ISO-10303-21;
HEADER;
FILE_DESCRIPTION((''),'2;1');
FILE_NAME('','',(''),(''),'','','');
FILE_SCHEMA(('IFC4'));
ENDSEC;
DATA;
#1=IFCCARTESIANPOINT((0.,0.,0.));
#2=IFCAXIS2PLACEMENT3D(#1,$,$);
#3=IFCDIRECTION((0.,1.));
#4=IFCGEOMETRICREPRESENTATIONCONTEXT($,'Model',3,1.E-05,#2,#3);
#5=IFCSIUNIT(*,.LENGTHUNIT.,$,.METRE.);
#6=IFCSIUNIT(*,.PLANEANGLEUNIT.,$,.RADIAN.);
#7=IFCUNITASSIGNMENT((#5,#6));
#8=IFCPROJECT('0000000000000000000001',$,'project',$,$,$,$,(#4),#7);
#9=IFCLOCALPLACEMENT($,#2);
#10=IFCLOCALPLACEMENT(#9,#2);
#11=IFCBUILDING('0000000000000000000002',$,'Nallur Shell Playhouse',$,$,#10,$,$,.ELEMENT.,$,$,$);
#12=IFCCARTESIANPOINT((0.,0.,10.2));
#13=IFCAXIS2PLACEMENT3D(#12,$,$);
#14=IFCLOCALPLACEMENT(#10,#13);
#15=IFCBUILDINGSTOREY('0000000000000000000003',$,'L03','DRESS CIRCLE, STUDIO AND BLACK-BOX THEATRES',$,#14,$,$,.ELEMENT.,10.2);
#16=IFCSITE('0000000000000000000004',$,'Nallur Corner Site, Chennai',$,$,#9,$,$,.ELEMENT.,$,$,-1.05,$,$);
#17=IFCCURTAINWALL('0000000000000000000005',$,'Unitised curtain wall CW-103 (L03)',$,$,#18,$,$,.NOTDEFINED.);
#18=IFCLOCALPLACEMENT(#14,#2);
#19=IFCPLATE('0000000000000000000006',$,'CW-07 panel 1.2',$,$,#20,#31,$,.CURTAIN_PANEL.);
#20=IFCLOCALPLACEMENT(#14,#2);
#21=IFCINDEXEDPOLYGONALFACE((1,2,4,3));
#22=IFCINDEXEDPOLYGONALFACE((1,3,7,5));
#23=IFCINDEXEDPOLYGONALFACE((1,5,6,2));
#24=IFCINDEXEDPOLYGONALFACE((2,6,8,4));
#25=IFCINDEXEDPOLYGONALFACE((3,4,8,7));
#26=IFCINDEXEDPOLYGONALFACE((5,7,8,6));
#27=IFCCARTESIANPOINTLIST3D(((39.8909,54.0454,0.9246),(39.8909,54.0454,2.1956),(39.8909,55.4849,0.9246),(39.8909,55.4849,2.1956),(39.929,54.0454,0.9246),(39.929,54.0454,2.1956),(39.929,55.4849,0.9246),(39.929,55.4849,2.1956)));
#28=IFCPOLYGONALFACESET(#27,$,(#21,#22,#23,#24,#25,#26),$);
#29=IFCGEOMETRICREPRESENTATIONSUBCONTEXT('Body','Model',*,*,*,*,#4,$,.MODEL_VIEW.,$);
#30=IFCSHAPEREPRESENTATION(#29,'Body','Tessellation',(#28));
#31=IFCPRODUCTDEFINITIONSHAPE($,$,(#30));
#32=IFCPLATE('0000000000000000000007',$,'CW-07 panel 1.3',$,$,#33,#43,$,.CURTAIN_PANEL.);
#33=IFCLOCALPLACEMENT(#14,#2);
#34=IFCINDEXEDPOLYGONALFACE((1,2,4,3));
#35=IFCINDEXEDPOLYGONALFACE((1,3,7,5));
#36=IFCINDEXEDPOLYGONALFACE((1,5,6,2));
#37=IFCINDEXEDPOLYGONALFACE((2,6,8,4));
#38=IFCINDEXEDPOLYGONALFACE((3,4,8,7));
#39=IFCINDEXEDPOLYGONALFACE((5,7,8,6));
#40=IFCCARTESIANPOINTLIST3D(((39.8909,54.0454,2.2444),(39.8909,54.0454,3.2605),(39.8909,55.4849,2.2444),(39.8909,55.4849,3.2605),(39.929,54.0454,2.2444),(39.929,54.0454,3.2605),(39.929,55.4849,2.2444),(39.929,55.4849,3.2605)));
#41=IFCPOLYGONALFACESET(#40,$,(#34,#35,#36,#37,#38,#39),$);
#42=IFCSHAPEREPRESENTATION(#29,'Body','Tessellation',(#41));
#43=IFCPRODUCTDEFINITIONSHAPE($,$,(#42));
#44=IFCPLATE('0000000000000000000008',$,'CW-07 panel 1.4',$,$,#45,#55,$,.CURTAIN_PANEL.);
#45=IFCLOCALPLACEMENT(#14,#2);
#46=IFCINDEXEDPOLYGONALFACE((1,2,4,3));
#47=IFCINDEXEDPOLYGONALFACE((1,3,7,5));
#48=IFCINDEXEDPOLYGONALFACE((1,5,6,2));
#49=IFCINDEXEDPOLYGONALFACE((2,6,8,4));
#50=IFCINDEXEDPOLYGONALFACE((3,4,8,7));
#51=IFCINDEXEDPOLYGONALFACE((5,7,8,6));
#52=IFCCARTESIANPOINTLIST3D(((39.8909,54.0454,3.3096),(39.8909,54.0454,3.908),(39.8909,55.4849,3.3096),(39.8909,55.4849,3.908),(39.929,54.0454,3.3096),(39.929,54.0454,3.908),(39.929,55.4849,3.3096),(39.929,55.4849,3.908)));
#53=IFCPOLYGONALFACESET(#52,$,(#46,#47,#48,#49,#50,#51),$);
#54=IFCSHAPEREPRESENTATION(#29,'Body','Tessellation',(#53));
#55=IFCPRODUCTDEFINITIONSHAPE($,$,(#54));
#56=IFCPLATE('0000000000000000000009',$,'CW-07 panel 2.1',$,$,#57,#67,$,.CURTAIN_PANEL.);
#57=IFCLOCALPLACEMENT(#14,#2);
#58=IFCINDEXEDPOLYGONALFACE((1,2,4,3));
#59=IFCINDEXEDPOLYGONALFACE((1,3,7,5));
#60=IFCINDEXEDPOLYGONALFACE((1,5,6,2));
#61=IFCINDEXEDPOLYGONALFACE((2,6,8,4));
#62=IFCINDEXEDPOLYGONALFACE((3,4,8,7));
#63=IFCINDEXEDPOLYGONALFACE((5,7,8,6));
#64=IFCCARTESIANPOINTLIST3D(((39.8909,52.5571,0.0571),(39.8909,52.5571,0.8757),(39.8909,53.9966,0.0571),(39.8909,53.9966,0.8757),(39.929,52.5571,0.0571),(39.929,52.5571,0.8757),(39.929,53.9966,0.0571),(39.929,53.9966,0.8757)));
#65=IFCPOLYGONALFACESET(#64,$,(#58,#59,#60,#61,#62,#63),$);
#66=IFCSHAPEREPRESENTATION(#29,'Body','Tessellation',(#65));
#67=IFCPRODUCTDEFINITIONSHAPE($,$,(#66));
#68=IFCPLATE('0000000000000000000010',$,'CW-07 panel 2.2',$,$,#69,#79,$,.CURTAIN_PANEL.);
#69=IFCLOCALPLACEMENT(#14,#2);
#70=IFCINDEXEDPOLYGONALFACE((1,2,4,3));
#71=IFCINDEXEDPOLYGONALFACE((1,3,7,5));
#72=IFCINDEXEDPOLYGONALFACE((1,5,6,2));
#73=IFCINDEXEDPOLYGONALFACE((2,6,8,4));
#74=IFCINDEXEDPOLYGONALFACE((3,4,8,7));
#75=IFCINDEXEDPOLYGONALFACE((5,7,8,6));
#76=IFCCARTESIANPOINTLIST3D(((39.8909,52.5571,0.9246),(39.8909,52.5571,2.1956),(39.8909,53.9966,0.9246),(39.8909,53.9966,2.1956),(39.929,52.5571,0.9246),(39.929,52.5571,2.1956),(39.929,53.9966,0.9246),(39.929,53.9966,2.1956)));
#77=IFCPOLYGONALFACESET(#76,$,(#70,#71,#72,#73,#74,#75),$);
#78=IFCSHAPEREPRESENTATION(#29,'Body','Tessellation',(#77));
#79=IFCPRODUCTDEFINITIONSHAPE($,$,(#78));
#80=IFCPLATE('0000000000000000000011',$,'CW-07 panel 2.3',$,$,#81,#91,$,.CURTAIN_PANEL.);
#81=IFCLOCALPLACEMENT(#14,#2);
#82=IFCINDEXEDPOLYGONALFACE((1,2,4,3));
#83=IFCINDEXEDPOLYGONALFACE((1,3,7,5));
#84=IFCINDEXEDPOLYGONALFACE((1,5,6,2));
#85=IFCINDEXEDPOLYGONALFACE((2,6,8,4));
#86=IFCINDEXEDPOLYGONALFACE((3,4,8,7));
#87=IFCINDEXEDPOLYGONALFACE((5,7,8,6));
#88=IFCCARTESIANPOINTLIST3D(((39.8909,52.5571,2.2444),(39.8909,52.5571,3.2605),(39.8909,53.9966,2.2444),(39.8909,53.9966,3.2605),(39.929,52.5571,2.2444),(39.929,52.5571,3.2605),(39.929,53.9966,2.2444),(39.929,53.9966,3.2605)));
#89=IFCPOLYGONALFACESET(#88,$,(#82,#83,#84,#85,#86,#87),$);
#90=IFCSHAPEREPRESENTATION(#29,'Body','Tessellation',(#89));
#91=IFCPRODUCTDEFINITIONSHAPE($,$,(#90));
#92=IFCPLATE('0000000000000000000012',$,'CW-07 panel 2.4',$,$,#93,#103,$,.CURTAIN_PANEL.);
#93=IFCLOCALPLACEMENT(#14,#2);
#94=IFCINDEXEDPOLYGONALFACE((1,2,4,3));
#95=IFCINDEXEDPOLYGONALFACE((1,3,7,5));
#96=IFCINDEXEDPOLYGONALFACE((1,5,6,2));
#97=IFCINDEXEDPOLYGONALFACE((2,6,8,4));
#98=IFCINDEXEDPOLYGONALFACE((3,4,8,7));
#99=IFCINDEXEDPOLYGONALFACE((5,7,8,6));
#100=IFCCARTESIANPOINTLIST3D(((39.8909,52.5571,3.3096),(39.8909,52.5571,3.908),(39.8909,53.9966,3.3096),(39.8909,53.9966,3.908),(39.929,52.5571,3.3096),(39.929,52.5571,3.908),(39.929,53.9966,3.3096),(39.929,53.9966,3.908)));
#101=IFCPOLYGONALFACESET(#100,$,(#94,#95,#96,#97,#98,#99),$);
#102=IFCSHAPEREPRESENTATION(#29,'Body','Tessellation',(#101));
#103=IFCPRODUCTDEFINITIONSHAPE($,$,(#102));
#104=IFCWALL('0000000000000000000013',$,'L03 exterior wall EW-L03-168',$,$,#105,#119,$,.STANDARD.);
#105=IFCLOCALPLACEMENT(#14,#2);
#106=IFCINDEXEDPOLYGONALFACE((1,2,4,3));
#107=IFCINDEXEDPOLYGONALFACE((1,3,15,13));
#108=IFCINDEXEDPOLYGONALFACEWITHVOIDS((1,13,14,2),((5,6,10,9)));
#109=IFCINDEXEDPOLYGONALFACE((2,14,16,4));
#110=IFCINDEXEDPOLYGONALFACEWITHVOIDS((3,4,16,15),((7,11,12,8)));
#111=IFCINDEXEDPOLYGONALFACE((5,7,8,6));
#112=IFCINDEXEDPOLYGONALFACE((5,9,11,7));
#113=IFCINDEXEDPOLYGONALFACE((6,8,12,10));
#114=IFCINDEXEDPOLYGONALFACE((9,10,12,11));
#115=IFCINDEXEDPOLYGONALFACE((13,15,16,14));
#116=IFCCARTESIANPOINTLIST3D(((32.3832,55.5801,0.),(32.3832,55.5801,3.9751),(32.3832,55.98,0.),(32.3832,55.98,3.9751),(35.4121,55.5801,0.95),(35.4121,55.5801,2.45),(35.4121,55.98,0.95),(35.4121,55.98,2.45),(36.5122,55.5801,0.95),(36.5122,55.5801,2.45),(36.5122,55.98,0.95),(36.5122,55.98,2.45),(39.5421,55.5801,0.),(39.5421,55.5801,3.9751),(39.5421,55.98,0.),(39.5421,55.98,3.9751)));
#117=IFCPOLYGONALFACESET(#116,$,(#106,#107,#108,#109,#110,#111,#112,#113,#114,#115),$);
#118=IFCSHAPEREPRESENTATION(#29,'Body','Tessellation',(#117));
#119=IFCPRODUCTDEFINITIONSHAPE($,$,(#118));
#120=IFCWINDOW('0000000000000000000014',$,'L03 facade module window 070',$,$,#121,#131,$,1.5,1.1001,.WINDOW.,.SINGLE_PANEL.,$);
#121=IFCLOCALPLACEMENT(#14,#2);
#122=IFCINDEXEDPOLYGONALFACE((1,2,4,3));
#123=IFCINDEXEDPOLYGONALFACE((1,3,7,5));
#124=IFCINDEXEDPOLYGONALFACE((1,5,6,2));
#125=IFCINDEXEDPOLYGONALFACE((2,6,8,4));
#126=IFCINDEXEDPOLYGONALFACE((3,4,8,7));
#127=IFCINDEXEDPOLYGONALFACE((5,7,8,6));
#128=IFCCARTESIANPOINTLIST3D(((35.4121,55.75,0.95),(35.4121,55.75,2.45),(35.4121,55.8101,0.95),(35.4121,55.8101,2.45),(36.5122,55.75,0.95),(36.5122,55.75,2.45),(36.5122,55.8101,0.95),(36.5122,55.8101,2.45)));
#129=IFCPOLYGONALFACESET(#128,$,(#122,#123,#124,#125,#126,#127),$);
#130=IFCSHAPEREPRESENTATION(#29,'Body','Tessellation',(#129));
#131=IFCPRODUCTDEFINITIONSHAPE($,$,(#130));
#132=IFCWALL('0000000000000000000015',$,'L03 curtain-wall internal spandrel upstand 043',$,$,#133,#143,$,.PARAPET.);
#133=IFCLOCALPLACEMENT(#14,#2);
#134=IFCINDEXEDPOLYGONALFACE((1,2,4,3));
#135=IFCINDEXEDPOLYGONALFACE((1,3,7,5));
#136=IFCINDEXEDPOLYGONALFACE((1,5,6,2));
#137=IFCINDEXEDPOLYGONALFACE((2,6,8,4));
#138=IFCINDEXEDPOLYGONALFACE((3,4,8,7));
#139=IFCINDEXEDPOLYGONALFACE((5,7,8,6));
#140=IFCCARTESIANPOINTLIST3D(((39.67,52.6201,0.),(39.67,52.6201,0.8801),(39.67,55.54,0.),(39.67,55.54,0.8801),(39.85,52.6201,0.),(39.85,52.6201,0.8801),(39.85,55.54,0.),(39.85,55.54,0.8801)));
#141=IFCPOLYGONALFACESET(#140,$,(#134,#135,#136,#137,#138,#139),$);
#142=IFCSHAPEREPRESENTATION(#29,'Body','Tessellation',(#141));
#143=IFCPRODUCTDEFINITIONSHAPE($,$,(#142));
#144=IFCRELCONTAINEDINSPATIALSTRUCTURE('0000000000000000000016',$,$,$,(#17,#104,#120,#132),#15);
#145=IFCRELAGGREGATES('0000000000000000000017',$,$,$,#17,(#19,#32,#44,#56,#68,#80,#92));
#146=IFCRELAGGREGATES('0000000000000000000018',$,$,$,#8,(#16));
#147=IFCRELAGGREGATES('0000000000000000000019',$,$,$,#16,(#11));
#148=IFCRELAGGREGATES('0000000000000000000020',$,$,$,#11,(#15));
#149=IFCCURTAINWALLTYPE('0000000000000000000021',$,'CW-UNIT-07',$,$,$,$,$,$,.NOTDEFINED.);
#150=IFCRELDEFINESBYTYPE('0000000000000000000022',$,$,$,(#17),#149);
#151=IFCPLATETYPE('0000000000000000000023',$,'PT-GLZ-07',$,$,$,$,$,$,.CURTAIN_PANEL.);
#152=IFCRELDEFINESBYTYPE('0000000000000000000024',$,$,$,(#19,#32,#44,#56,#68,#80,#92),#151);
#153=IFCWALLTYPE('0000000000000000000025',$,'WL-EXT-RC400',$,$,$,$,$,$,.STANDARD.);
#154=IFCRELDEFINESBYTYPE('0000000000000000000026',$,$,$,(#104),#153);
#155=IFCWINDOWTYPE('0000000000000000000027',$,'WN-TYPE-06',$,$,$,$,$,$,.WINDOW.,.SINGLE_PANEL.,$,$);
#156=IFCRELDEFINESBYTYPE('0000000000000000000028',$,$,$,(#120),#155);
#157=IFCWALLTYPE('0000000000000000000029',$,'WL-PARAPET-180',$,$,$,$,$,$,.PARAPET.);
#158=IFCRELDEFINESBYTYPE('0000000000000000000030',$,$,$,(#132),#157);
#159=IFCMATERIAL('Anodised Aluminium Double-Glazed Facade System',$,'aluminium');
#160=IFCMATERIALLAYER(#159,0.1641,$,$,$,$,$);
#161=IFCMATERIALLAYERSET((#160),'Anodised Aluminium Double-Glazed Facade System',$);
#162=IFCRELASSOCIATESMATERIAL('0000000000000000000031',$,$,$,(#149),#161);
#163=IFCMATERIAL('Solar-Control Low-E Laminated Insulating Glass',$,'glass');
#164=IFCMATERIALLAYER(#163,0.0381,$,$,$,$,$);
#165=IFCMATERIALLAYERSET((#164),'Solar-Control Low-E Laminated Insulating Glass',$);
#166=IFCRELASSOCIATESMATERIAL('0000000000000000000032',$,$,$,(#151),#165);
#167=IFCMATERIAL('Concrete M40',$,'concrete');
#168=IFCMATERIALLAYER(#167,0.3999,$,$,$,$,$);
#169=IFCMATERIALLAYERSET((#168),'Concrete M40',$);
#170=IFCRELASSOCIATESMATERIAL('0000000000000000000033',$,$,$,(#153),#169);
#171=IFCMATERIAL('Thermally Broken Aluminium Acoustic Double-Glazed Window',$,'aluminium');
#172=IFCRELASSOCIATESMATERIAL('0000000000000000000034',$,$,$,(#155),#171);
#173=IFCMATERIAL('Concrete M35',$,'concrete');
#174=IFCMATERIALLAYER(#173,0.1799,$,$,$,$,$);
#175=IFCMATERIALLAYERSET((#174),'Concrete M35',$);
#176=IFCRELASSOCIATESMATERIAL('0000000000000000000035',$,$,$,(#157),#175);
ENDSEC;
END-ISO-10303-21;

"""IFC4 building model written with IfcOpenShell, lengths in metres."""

from ifc_helpers import new_model, si_unit, direction, frame, frame_2d, origin, origin_2d, place, context, subcontext, project, spatial, rectangle, extrude, material, layer, layer_set, type_object, element, fill, aggregate, save


model = new_model("IFC4")

# Units and contexts
model_context = context("Model", 3, precision=1e-05, world=origin(), true_north=direction((0.0, 1.0)))
body_context = subcontext(model_context, "Body", "Model", "MODEL_VIEW")
ifc_project = project(units=[si_unit("LENGTHUNIT", "METRE"), si_unit("PLANEANGLEUNIT", "RADIAN")], contexts=[model_context])

# Site, building, storey
site_placement = place(None, origin())
site = spatial("IfcSite", under=ifc_project, at=site_placement, Name="Nallur Corner Site, Chennai", CompositionType="ELEMENT", RefElevation=-1.05)
building_placement = place(site_placement, origin())
building = spatial("IfcBuilding", under=site, at=building_placement, Name="Nallur Shell Playhouse", CompositionType="ELEMENT")
storey_placement = place(building_placement, frame((0.0, 0.0, 10.2)))
storey = spatial("IfcBuildingStorey", under=building, at=storey_placement, Name="L03", Description="DRESS CIRCLE, STUDIO AND BLACK-BOX THEATRES", CompositionType="ELEMENT", Elevation=10.2)

# Shared definitions
ifc_material_1 = material(Name="Concrete M40", Category="concrete")

# Curtain wall, plates
ifc_material_2 = material(Name="Anodised Aluminium Double-Glazed Facade System", Category="aluminium")
ifc_layer_1 = layer(ifc_material_2, 0.1641)
ifc_layer_set_1 = layer_set([ifc_layer_1], Name="Anodised Aluminium Double-Glazed Facade System")
curtain_wall_type = type_object("IfcCurtainWallType", Name="CW-UNIT-07", PredefinedType="NOTDEFINED", material=ifc_layer_set_1)
curtain_wall_placement = place(storey_placement, origin())
curtain_wall = element("IfcCurtainWall", 1, at=curtain_wall_placement, inside=storey, type_object=curtain_wall_type, Name="Unitised curtain wall CW-103 (L03)", PredefinedType="NOTDEFINED")
ifc_material_3 = material(Name="Solar-Control Low-E Laminated Insulating Glass", Category="glass")
ifc_layer_2 = layer(ifc_material_3, 0.0381)
ifc_layer_set_2 = layer_set([ifc_layer_2], Name="Solar-Control Low-E Laminated Insulating Glass")
plate_type = type_object("IfcPlateType", Name="PT-GLZ-07", PredefinedType="CURTAIN_PANEL", material=ifc_layer_set_2)
plate_1_placement = place(storey_placement, frame((39.9099, 54.7651, 0.9246), z_axis=(0.0, 0.0, 1.0), x_axis=(0.0, -1.0, 0.0)))
plate_1 = element("IfcPlate", 2, at=plate_1_placement, type_object=plate_type, Name="CW-07 panel 1.2", PredefinedType="CURTAIN_PANEL", context=body_context, shape_type="SweptSolid", body=[
    extrude(rectangle(XDim=1.4395, YDim=0.0381, at=origin_2d()), origin(), (0.0, 0.0, 1.0), 1.271),
])
plate_2_placement = place(storey_placement, frame((39.9099, 54.7651, 2.2444), z_axis=(0.0, 0.0, 1.0), x_axis=(0.0, -1.0, 0.0)))
plate_2 = element("IfcPlate", 3, at=plate_2_placement, type_object=plate_type, Name="CW-07 panel 1.3", PredefinedType="CURTAIN_PANEL", context=body_context, shape_type="SweptSolid", body=[
    extrude(rectangle(XDim=1.4395, YDim=0.0381, at=origin_2d()), origin(), (0.0, 0.0, 1.0), 1.0161),
])
plate_3_placement = place(storey_placement, frame((39.9099, 54.7651, 3.3096), z_axis=(0.0, 0.0, 1.0), x_axis=(0.0, -1.0, 0.0)))
plate_3 = element("IfcPlate", 4, at=plate_3_placement, type_object=plate_type, Name="CW-07 panel 1.4", PredefinedType="CURTAIN_PANEL", context=body_context, shape_type="SweptSolid", body=[
    extrude(rectangle(XDim=1.4395, YDim=0.0381, at=origin_2d()), origin(), (0.0, 0.0, 1.0), 0.5984),
])
plate_4_placement = place(storey_placement, frame((39.9099, 53.2769, 0.0571), z_axis=(0.0, 0.0, 1.0), x_axis=(0.0, -1.0, 0.0)))
plate_4 = element("IfcPlate", 5, at=plate_4_placement, type_object=plate_type, Name="CW-07 panel 2.1", PredefinedType="CURTAIN_PANEL", context=body_context, shape_type="SweptSolid", body=[
    extrude(rectangle(XDim=1.4395, YDim=0.0381, at=origin_2d()), origin(), (0.0, 0.0, 1.0), 0.8186),
])
plate_5_placement = place(storey_placement, frame((39.9099, 53.2769, 0.9246), z_axis=(0.0, 0.0, 1.0), x_axis=(0.0, -1.0, 0.0)))
plate_5 = element("IfcPlate", 6, at=plate_5_placement, type_object=plate_type, Name="CW-07 panel 2.2", PredefinedType="CURTAIN_PANEL", context=body_context, shape_type="SweptSolid", body=[
    extrude(rectangle(XDim=1.4395, YDim=0.0381, at=origin_2d()), origin(), (0.0, 0.0, 1.0), 1.271),
])
plate_6_placement = place(storey_placement, frame((39.9099, 53.2769, 2.2444), z_axis=(0.0, 0.0, 1.0), x_axis=(0.0, -1.0, 0.0)))
plate_6 = element("IfcPlate", 7, at=plate_6_placement, type_object=plate_type, Name="CW-07 panel 2.3", PredefinedType="CURTAIN_PANEL", context=body_context, shape_type="SweptSolid", body=[
    extrude(rectangle(XDim=1.4395, YDim=0.0381, at=origin_2d()), origin(), (0.0, 0.0, 1.0), 1.0161),
])
plate_7_placement = place(storey_placement, frame((39.9099, 53.2769, 3.3096), z_axis=(0.0, 0.0, 1.0), x_axis=(0.0, -1.0, 0.0)))
plate_7 = element("IfcPlate", 8, at=plate_7_placement, type_object=plate_type, Name="CW-07 panel 2.4", PredefinedType="CURTAIN_PANEL", context=body_context, shape_type="SweptSolid", body=[
    extrude(rectangle(XDim=1.4395, YDim=0.0381, at=origin_2d()), origin(), (0.0, 0.0, 1.0), 0.5984),
])
aggregate(curtain_wall, [plate_1, plate_2, plate_3, plate_4, plate_5, plate_6, plate_7])

# Wall, opening, window
ifc_layer_3 = layer(ifc_material_1, 0.3999)
ifc_layer_set_3 = layer_set([ifc_layer_3], Name="Concrete M40")
wall_type_1 = type_object("IfcWallType", Name="WL-EXT-RC400", PredefinedType="STANDARD", material=ifc_layer_set_3)
wall_1_placement = place(storey_placement, frame((32.3831, 55.78, 0.0), z_axis=(0.0, 0.0, 1.0), x_axis=(1.0, 0.0, 0.0)))
wall_1 = element("IfcWall", 9, at=wall_1_placement, inside=storey, type_object=wall_type_1, Name="L03 exterior wall EW-L03-168", PredefinedType="STANDARD", context=body_context, shape_type="SweptSolid", body=[
    extrude(rectangle(XDim=7.1589, YDim=0.3999, at=frame_2d((3.5796, 0.0))), origin(), (0.0, 0.0, 1.0), 3.9751),
])
opening_placement = place(wall_1_placement, frame((3.0291, 0.0, 0.95)))
opening = element("IfcOpeningElement", 10, at=opening_placement, cuts=wall_1, PredefinedType="OPENING", context=body_context, shape_type="SweptSolid", body=[
    extrude(rectangle(XDim=1.1001, YDim=1.5, at=frame_2d((0.55, 0.75))), frame((0.0, 0.21, 0.0), z_axis=(0.0, -1.0, 0.0), x_axis=(1.0, 0.0, 0.0)), (0.0, 0.0, 1.0), 0.4199),
])
ifc_material_4 = material(Name="Thermally Broken Aluminium Acoustic Double-Glazed Window", Category="aluminium")
window_type = type_object("IfcWindowType", Name="WN-TYPE-06", PartitioningType="SINGLE_PANEL", PredefinedType="WINDOW", material=ifc_material_4)
window_placement = place(opening_placement, origin())
window = element("IfcWindow", 11, at=window_placement, inside=storey, type_object=window_type, Name="L03 facade module window 070", OverallHeight=1.5, OverallWidth=1.1001, PartitioningType="SINGLE_PANEL", PredefinedType="WINDOW", context=body_context, shape_type="SweptSolid", body=[
    extrude(rectangle(XDim=1.1001, YDim=1.5, at=frame_2d((0.55, 0.75))), frame((0.0, 0.03, 0.0), z_axis=(0.0, -1.0, 0.0), x_axis=(1.0, 0.0, 0.0)), (0.0, 0.0, 1.0), 0.0601),
])
fill(opening, window)

# Wall
ifc_material_5 = material(Name="Concrete M35", Category="concrete")
ifc_layer_4 = layer(ifc_material_5, 0.1799)
ifc_layer_set_4 = layer_set([ifc_layer_4], Name="Concrete M35")
wall_type_2 = type_object("IfcWallType", Name="WL-PARAPET-180", PredefinedType="PARAPET", material=ifc_layer_set_4)
wall_2_placement = place(storey_placement, frame((39.76, 55.54, 0.0), z_axis=(0.0, 0.0, 1.0), x_axis=(0.0, -1.0, 0.0)))
element("IfcWall", 12, at=wall_2_placement, inside=storey, type_object=wall_type_2, Name="L03 curtain-wall internal spandrel upstand 043", PredefinedType="PARAPET", context=body_context, shape_type="SweptSolid", body=[
    extrude(rectangle(XDim=2.9199, YDim=0.1799, at=frame_2d((1.46, 0.0))), origin(), (0.0, 0.0, 1.0), 0.8801),
])

save(model, "model.ifc")
